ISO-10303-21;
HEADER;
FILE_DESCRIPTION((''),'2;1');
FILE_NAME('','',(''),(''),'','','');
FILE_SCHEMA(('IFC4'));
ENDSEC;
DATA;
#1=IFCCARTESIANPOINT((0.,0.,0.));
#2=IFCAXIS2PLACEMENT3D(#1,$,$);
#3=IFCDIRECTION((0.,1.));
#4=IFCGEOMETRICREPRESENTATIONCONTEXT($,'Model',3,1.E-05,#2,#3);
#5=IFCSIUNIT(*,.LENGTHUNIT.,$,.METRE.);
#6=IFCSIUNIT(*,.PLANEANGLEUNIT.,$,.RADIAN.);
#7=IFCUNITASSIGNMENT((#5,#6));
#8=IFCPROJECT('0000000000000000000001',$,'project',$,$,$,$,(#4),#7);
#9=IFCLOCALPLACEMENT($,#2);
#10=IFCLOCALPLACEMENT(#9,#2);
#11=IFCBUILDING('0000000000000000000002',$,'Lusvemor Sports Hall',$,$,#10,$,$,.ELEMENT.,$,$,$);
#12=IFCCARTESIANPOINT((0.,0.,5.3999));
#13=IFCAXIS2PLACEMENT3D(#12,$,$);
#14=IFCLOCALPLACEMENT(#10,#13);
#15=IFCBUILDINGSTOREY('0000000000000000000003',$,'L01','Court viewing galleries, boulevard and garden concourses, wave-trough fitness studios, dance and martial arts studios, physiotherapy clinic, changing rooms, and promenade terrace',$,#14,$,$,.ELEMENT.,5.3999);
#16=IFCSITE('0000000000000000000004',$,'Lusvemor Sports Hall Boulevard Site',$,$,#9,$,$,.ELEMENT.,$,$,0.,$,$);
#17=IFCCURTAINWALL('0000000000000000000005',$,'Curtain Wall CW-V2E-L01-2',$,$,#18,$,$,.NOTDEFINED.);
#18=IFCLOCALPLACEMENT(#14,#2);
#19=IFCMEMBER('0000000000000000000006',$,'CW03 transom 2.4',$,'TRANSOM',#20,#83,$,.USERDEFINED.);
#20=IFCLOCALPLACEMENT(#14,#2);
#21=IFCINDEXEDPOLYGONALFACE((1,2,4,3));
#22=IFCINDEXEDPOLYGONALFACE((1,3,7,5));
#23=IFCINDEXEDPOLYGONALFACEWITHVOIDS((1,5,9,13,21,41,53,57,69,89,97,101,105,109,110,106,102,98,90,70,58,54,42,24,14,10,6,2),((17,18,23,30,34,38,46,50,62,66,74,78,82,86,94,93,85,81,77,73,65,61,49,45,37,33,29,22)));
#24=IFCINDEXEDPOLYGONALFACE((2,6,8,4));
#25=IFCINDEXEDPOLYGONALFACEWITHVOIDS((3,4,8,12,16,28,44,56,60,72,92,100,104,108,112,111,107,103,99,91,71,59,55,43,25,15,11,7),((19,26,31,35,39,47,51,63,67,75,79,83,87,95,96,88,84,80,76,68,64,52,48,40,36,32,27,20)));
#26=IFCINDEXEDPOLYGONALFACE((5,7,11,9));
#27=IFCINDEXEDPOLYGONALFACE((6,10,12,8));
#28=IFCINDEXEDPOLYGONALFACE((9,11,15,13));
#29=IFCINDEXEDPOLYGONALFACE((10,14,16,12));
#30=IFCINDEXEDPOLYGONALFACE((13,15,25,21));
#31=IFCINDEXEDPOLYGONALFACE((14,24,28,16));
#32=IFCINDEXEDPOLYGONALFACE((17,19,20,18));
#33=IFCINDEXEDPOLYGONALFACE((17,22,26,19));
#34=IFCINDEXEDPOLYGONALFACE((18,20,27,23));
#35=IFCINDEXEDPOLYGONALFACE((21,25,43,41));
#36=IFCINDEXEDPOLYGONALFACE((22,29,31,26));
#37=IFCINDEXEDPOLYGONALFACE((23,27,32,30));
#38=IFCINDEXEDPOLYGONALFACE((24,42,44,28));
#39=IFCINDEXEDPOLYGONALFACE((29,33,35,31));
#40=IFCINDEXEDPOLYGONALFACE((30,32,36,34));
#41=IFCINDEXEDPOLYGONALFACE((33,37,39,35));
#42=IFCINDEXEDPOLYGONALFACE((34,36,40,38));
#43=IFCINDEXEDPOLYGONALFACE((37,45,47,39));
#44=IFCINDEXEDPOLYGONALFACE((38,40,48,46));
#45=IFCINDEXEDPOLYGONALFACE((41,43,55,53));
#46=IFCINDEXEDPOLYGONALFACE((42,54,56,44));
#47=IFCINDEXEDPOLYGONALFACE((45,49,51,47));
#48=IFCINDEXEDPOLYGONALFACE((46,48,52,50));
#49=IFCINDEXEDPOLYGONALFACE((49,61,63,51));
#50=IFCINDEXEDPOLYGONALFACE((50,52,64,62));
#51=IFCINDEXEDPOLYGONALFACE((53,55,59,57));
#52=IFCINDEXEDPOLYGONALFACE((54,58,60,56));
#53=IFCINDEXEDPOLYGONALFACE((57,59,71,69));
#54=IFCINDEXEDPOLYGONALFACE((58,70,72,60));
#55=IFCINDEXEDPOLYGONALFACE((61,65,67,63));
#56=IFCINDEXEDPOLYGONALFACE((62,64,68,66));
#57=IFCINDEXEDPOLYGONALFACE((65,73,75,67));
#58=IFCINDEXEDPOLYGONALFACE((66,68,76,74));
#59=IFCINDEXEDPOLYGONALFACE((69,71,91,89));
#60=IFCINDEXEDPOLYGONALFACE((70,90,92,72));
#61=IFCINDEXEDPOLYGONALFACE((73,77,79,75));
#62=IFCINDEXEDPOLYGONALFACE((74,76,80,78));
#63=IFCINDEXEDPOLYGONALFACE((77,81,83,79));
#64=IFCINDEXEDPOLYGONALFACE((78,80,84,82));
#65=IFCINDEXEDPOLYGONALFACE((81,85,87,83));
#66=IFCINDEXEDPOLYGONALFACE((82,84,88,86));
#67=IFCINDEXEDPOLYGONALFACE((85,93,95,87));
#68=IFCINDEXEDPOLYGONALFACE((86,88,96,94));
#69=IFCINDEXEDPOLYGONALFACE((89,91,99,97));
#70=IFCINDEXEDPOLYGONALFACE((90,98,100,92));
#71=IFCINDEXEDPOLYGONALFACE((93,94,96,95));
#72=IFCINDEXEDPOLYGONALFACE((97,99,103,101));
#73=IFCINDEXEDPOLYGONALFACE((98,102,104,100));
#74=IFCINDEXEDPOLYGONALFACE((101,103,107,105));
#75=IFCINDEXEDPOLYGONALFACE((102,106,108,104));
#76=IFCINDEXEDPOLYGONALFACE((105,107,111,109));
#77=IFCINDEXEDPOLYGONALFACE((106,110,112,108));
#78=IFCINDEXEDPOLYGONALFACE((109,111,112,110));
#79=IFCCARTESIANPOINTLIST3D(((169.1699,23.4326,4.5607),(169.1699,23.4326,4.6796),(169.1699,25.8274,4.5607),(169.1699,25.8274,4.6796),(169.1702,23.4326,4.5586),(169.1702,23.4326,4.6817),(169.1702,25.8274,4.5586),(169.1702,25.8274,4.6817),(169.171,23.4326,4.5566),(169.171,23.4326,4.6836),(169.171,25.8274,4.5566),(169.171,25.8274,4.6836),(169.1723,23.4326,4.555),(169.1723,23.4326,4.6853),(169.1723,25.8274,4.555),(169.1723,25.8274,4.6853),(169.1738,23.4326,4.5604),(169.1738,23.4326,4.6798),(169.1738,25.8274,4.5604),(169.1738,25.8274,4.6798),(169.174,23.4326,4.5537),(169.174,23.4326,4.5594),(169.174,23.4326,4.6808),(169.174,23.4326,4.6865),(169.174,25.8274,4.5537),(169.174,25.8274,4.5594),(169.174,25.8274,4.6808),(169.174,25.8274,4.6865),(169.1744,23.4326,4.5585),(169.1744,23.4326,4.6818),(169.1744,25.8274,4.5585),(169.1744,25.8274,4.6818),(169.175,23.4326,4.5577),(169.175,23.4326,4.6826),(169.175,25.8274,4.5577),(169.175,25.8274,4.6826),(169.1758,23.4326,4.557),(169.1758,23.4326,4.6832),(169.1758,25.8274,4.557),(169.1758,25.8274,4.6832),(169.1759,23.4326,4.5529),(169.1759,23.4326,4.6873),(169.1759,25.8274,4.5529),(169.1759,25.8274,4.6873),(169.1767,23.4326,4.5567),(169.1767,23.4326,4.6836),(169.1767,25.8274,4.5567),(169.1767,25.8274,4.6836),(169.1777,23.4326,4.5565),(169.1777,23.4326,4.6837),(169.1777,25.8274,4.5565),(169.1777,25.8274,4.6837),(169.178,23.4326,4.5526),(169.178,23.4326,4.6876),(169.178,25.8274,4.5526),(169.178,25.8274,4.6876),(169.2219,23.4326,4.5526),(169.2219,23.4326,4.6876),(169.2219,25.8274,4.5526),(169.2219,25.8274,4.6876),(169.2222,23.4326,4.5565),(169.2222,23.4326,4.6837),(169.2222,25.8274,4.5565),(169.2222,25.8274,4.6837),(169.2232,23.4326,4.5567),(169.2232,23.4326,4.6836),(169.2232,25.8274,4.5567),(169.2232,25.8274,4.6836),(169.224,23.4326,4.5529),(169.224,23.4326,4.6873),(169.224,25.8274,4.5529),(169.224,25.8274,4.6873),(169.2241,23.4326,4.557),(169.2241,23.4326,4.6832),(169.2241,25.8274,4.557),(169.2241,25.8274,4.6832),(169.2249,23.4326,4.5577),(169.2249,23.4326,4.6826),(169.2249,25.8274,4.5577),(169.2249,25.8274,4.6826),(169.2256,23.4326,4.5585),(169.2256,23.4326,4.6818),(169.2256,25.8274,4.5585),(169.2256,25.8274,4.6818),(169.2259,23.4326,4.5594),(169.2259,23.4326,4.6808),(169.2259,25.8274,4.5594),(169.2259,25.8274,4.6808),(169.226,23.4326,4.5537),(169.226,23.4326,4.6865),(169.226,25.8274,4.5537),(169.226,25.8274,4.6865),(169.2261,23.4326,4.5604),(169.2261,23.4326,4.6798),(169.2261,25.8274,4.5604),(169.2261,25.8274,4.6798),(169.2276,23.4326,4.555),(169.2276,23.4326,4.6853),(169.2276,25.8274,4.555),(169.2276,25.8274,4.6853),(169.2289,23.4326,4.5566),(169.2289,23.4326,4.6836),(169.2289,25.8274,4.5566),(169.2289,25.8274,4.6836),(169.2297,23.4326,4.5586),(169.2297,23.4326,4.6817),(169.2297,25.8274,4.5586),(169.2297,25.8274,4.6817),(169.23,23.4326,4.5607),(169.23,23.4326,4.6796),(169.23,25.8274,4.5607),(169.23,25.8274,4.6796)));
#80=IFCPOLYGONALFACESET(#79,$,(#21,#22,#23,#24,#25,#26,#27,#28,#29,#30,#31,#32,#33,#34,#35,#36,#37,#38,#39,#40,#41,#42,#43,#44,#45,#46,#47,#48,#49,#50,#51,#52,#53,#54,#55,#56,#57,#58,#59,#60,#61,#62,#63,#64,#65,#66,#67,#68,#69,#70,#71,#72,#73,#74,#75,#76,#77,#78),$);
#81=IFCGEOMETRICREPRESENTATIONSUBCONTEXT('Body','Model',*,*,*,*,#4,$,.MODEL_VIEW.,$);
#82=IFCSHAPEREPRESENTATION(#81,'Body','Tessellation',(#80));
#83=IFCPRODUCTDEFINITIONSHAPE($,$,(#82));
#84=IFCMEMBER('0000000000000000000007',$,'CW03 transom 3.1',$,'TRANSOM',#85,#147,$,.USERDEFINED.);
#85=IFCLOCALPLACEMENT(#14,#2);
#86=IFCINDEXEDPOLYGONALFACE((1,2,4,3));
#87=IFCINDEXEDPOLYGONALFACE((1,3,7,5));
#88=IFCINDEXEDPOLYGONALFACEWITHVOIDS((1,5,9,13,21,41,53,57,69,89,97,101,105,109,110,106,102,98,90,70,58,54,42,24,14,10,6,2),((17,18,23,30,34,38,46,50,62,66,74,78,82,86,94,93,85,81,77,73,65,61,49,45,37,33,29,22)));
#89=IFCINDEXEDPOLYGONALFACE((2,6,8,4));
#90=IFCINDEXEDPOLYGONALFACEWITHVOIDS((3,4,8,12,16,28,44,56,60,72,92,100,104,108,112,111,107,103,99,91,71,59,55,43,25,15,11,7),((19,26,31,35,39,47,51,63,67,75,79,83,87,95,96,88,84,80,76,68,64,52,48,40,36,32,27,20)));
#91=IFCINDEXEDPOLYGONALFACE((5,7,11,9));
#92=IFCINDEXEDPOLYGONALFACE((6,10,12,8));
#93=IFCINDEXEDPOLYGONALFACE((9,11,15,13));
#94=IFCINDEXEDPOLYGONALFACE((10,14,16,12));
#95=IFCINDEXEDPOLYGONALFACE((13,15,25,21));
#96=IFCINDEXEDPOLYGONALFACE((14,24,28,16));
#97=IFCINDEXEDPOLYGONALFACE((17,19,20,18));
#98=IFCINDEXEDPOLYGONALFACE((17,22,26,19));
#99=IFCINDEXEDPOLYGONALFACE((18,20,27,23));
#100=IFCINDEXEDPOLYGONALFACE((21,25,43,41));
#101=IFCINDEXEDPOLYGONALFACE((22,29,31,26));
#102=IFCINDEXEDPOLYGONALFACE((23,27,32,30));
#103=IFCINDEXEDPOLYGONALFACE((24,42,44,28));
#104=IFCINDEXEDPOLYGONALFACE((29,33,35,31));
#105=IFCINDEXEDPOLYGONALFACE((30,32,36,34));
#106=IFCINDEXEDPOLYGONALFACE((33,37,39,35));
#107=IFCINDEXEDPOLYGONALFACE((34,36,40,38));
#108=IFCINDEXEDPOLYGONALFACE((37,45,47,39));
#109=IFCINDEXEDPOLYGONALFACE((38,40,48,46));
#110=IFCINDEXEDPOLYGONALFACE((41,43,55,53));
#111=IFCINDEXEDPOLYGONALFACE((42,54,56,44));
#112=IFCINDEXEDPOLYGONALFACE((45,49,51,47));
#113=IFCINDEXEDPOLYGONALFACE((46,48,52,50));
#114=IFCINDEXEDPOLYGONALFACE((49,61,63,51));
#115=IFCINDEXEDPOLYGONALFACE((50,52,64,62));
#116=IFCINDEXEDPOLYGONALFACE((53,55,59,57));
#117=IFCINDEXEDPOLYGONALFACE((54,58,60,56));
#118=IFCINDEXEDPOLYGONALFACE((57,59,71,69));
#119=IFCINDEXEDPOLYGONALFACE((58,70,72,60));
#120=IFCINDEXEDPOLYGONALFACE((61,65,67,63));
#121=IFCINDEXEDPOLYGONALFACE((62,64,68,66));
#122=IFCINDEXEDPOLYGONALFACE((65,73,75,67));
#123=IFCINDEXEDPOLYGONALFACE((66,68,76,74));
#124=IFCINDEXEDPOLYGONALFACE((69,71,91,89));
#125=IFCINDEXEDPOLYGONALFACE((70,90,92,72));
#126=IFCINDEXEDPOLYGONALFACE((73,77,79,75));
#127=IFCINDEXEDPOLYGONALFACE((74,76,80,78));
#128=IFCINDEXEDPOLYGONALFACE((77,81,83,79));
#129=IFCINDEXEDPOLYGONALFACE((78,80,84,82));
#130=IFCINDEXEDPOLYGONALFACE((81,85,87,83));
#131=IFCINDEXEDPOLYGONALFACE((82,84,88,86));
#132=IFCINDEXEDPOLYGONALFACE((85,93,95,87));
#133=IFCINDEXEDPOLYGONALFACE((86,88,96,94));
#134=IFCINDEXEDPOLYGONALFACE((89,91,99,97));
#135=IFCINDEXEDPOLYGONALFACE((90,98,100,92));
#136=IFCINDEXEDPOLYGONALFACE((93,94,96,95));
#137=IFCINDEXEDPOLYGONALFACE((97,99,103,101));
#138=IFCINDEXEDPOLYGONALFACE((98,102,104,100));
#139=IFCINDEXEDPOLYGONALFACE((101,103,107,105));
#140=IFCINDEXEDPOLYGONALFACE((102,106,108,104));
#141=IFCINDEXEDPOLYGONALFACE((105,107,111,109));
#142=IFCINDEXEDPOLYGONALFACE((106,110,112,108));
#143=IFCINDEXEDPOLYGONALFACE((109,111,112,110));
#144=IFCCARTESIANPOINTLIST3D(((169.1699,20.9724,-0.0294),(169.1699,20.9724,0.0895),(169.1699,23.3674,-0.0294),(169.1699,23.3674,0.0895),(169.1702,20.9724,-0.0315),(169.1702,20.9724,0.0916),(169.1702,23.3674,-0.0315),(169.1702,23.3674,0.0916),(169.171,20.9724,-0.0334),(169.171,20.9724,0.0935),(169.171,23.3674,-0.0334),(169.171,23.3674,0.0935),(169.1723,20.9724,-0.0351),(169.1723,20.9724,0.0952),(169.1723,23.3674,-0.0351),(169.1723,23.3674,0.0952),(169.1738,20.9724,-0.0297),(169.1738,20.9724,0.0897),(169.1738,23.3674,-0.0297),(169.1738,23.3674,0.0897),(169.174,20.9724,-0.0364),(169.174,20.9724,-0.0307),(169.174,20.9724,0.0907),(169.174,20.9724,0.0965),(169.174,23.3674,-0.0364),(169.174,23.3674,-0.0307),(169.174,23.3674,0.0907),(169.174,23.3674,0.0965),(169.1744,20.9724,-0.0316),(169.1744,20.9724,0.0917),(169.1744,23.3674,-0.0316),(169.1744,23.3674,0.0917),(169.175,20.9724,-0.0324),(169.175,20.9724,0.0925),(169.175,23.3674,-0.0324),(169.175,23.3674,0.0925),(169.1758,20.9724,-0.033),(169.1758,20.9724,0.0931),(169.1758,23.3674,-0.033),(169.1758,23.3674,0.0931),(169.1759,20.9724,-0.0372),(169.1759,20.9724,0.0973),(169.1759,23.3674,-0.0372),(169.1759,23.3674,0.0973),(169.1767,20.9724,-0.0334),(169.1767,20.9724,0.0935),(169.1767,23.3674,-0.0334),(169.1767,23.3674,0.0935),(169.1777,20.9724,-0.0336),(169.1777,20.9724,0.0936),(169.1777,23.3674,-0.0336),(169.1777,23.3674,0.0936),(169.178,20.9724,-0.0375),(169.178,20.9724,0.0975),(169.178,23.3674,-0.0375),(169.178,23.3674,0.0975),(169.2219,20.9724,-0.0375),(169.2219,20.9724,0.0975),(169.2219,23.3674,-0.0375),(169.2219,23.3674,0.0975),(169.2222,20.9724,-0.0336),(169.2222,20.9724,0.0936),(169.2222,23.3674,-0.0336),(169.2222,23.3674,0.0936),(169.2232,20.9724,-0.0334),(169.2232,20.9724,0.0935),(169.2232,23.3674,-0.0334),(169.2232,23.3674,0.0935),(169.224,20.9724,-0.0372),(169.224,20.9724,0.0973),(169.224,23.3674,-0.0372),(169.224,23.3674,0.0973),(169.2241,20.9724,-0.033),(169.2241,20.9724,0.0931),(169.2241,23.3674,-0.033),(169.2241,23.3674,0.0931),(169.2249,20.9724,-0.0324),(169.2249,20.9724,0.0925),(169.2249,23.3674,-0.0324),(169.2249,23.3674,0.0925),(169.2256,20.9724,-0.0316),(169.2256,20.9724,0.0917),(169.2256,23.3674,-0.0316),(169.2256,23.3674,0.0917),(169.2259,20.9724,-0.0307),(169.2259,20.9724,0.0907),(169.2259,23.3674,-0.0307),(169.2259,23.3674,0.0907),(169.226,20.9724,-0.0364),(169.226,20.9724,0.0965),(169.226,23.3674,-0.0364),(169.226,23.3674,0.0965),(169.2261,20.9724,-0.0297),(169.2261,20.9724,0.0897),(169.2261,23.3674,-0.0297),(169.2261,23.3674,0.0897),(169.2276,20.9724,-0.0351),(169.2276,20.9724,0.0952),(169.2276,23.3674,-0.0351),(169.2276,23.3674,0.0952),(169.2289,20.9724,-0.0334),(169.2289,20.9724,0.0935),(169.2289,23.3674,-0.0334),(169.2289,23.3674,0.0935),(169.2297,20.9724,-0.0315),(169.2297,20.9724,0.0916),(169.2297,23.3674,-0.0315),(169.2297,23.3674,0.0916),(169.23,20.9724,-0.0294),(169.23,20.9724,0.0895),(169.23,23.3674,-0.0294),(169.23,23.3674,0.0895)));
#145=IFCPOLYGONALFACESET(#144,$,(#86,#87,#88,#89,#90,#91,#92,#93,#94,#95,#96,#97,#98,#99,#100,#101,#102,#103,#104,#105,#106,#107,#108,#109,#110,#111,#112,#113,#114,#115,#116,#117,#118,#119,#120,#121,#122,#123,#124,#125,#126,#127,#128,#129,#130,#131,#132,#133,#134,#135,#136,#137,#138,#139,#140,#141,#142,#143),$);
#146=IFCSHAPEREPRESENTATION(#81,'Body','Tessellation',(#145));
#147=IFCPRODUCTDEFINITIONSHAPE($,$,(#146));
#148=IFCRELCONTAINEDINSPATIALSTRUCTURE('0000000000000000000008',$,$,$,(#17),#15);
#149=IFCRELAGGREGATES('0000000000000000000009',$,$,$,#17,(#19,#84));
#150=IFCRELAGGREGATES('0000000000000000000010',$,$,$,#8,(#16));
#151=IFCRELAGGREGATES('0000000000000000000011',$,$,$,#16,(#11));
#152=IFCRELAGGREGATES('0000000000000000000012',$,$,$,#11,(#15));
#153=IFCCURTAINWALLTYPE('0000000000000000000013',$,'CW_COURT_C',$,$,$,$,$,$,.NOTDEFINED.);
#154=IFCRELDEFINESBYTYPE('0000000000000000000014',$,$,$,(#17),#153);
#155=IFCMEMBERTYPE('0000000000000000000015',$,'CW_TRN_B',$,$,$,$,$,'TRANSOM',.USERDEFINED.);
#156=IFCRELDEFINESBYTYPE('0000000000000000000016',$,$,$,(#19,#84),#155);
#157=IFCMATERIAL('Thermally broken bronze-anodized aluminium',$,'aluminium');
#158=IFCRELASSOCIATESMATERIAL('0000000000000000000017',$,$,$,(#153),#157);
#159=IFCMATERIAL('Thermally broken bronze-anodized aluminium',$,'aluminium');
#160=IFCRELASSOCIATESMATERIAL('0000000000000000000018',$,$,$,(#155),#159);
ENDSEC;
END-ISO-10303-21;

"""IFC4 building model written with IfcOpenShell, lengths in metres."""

from ifc_helpers import new_model, si_unit, direction, frame, origin, origin_2d, place, context, subcontext, project, spatial, hollow_rectangle, extrude, material, material_profile, profile_set, type_object, element, aggregate, save


model = new_model("IFC4")

# Units and contexts
model_context = context("Model", 3, precision=1e-05, world=origin(), true_north=direction((0.0, 1.0)))
body_context = subcontext(model_context, "Body", "Model", "MODEL_VIEW")
ifc_project = project(units=[si_unit("LENGTHUNIT", "METRE"), si_unit("PLANEANGLEUNIT", "RADIAN")], contexts=[model_context])

# Site, building, storey
site_placement = place(None, origin())
site = spatial("IfcSite", under=ifc_project, at=site_placement, Name="Lusvemor Sports Hall Boulevard Site", CompositionType="ELEMENT", RefElevation=0.0)
building_placement = place(site_placement, origin())
building = spatial("IfcBuilding", under=site, at=building_placement, Name="Lusvemor Sports Hall", CompositionType="ELEMENT")
storey_placement = place(building_placement, frame((0.0, 0.0, 5.3999)))
storey = spatial("IfcBuildingStorey", under=building, at=storey_placement, Name="L01", Description="Court viewing galleries, boulevard and garden concourses, wave-trough fitness studios, dance and martial arts studios, physiotherapy clinic, changing rooms, and promenade terrace", CompositionType="ELEMENT", Elevation=5.3999)

# Curtain wall, members
ifc_material_1 = material(Name="Thermally broken bronze-anodized aluminium", Category="aluminium")
curtain_wall_type = type_object("IfcCurtainWallType", Name="CW_COURT_C", PredefinedType="NOTDEFINED", material=ifc_material_1)
curtain_wall_placement = place(storey_placement, origin())
curtain_wall = element("IfcCurtainWall", 1, at=curtain_wall_placement, inside=storey, type_object=curtain_wall_type, Name="Curtain Wall CW-V2E-L01-2", PredefinedType="NOTDEFINED")
ifc_material_2 = material(Name="Thermally broken bronze-anodized aluminium", Category="aluminium")
ifc_material_profile_1 = material_profile(ifc_material_2, hollow_rectangle(XDim=0.0601, YDim=0.135, WallThickness=0.0039, InnerFilletRadius=0.0039, OuterFilletRadius=0.0081, at=origin_2d()), Name="CWTRN135x60x4")
ifc_profile_set_1 = profile_set([ifc_material_profile_1], Name="Thermally broken bronze-anodized aluminium")
member_type_1 = type_object("IfcMemberType", Name="CW_TRN_B", ElementType="TRANSOM", PredefinedType="USERDEFINED", material=ifc_profile_set_1)
member_1_placement = place(storey_placement, frame((169.2, 25.8274, 4.6201), z_axis=(0.0, -1.0, 0.0), x_axis=(1.0, 0.0, 0.0)))
member_1 = element("IfcMember", 2, at=member_1_placement, type_object=member_type_1, Name="CW03 transom 2.4", ObjectType="TRANSOM", PredefinedType="USERDEFINED", context=body_context, shape_type="SweptSolid", body=[
    extrude(hollow_rectangle(XDim=0.0601, YDim=0.135, WallThickness=0.0039, InnerFilletRadius=0.0039, OuterFilletRadius=0.0081, at=origin_2d()), origin(), (0.0, 0.0, 1.0), 2.3948),
])
member_2_placement = place(storey_placement, frame((169.2, 23.3674, 0.03), z_axis=(0.0, -1.0, 0.0), x_axis=(1.0, 0.0, 0.0)))
member_2 = element("IfcMember", 3, at=member_2_placement, type_object=member_type_1, Name="CW03 transom 3.1", ObjectType="TRANSOM", PredefinedType="USERDEFINED", context=body_context, shape_type="SweptSolid", body=[
    extrude(hollow_rectangle(XDim=0.0601, YDim=0.135, WallThickness=0.0039, InnerFilletRadius=0.0039, OuterFilletRadius=0.0081, at=origin_2d()), origin(), (0.0, 0.0, 1.0), 2.395),
])
aggregate(curtain_wall, [member_1, member_2])

save(model, "model.ifc")
